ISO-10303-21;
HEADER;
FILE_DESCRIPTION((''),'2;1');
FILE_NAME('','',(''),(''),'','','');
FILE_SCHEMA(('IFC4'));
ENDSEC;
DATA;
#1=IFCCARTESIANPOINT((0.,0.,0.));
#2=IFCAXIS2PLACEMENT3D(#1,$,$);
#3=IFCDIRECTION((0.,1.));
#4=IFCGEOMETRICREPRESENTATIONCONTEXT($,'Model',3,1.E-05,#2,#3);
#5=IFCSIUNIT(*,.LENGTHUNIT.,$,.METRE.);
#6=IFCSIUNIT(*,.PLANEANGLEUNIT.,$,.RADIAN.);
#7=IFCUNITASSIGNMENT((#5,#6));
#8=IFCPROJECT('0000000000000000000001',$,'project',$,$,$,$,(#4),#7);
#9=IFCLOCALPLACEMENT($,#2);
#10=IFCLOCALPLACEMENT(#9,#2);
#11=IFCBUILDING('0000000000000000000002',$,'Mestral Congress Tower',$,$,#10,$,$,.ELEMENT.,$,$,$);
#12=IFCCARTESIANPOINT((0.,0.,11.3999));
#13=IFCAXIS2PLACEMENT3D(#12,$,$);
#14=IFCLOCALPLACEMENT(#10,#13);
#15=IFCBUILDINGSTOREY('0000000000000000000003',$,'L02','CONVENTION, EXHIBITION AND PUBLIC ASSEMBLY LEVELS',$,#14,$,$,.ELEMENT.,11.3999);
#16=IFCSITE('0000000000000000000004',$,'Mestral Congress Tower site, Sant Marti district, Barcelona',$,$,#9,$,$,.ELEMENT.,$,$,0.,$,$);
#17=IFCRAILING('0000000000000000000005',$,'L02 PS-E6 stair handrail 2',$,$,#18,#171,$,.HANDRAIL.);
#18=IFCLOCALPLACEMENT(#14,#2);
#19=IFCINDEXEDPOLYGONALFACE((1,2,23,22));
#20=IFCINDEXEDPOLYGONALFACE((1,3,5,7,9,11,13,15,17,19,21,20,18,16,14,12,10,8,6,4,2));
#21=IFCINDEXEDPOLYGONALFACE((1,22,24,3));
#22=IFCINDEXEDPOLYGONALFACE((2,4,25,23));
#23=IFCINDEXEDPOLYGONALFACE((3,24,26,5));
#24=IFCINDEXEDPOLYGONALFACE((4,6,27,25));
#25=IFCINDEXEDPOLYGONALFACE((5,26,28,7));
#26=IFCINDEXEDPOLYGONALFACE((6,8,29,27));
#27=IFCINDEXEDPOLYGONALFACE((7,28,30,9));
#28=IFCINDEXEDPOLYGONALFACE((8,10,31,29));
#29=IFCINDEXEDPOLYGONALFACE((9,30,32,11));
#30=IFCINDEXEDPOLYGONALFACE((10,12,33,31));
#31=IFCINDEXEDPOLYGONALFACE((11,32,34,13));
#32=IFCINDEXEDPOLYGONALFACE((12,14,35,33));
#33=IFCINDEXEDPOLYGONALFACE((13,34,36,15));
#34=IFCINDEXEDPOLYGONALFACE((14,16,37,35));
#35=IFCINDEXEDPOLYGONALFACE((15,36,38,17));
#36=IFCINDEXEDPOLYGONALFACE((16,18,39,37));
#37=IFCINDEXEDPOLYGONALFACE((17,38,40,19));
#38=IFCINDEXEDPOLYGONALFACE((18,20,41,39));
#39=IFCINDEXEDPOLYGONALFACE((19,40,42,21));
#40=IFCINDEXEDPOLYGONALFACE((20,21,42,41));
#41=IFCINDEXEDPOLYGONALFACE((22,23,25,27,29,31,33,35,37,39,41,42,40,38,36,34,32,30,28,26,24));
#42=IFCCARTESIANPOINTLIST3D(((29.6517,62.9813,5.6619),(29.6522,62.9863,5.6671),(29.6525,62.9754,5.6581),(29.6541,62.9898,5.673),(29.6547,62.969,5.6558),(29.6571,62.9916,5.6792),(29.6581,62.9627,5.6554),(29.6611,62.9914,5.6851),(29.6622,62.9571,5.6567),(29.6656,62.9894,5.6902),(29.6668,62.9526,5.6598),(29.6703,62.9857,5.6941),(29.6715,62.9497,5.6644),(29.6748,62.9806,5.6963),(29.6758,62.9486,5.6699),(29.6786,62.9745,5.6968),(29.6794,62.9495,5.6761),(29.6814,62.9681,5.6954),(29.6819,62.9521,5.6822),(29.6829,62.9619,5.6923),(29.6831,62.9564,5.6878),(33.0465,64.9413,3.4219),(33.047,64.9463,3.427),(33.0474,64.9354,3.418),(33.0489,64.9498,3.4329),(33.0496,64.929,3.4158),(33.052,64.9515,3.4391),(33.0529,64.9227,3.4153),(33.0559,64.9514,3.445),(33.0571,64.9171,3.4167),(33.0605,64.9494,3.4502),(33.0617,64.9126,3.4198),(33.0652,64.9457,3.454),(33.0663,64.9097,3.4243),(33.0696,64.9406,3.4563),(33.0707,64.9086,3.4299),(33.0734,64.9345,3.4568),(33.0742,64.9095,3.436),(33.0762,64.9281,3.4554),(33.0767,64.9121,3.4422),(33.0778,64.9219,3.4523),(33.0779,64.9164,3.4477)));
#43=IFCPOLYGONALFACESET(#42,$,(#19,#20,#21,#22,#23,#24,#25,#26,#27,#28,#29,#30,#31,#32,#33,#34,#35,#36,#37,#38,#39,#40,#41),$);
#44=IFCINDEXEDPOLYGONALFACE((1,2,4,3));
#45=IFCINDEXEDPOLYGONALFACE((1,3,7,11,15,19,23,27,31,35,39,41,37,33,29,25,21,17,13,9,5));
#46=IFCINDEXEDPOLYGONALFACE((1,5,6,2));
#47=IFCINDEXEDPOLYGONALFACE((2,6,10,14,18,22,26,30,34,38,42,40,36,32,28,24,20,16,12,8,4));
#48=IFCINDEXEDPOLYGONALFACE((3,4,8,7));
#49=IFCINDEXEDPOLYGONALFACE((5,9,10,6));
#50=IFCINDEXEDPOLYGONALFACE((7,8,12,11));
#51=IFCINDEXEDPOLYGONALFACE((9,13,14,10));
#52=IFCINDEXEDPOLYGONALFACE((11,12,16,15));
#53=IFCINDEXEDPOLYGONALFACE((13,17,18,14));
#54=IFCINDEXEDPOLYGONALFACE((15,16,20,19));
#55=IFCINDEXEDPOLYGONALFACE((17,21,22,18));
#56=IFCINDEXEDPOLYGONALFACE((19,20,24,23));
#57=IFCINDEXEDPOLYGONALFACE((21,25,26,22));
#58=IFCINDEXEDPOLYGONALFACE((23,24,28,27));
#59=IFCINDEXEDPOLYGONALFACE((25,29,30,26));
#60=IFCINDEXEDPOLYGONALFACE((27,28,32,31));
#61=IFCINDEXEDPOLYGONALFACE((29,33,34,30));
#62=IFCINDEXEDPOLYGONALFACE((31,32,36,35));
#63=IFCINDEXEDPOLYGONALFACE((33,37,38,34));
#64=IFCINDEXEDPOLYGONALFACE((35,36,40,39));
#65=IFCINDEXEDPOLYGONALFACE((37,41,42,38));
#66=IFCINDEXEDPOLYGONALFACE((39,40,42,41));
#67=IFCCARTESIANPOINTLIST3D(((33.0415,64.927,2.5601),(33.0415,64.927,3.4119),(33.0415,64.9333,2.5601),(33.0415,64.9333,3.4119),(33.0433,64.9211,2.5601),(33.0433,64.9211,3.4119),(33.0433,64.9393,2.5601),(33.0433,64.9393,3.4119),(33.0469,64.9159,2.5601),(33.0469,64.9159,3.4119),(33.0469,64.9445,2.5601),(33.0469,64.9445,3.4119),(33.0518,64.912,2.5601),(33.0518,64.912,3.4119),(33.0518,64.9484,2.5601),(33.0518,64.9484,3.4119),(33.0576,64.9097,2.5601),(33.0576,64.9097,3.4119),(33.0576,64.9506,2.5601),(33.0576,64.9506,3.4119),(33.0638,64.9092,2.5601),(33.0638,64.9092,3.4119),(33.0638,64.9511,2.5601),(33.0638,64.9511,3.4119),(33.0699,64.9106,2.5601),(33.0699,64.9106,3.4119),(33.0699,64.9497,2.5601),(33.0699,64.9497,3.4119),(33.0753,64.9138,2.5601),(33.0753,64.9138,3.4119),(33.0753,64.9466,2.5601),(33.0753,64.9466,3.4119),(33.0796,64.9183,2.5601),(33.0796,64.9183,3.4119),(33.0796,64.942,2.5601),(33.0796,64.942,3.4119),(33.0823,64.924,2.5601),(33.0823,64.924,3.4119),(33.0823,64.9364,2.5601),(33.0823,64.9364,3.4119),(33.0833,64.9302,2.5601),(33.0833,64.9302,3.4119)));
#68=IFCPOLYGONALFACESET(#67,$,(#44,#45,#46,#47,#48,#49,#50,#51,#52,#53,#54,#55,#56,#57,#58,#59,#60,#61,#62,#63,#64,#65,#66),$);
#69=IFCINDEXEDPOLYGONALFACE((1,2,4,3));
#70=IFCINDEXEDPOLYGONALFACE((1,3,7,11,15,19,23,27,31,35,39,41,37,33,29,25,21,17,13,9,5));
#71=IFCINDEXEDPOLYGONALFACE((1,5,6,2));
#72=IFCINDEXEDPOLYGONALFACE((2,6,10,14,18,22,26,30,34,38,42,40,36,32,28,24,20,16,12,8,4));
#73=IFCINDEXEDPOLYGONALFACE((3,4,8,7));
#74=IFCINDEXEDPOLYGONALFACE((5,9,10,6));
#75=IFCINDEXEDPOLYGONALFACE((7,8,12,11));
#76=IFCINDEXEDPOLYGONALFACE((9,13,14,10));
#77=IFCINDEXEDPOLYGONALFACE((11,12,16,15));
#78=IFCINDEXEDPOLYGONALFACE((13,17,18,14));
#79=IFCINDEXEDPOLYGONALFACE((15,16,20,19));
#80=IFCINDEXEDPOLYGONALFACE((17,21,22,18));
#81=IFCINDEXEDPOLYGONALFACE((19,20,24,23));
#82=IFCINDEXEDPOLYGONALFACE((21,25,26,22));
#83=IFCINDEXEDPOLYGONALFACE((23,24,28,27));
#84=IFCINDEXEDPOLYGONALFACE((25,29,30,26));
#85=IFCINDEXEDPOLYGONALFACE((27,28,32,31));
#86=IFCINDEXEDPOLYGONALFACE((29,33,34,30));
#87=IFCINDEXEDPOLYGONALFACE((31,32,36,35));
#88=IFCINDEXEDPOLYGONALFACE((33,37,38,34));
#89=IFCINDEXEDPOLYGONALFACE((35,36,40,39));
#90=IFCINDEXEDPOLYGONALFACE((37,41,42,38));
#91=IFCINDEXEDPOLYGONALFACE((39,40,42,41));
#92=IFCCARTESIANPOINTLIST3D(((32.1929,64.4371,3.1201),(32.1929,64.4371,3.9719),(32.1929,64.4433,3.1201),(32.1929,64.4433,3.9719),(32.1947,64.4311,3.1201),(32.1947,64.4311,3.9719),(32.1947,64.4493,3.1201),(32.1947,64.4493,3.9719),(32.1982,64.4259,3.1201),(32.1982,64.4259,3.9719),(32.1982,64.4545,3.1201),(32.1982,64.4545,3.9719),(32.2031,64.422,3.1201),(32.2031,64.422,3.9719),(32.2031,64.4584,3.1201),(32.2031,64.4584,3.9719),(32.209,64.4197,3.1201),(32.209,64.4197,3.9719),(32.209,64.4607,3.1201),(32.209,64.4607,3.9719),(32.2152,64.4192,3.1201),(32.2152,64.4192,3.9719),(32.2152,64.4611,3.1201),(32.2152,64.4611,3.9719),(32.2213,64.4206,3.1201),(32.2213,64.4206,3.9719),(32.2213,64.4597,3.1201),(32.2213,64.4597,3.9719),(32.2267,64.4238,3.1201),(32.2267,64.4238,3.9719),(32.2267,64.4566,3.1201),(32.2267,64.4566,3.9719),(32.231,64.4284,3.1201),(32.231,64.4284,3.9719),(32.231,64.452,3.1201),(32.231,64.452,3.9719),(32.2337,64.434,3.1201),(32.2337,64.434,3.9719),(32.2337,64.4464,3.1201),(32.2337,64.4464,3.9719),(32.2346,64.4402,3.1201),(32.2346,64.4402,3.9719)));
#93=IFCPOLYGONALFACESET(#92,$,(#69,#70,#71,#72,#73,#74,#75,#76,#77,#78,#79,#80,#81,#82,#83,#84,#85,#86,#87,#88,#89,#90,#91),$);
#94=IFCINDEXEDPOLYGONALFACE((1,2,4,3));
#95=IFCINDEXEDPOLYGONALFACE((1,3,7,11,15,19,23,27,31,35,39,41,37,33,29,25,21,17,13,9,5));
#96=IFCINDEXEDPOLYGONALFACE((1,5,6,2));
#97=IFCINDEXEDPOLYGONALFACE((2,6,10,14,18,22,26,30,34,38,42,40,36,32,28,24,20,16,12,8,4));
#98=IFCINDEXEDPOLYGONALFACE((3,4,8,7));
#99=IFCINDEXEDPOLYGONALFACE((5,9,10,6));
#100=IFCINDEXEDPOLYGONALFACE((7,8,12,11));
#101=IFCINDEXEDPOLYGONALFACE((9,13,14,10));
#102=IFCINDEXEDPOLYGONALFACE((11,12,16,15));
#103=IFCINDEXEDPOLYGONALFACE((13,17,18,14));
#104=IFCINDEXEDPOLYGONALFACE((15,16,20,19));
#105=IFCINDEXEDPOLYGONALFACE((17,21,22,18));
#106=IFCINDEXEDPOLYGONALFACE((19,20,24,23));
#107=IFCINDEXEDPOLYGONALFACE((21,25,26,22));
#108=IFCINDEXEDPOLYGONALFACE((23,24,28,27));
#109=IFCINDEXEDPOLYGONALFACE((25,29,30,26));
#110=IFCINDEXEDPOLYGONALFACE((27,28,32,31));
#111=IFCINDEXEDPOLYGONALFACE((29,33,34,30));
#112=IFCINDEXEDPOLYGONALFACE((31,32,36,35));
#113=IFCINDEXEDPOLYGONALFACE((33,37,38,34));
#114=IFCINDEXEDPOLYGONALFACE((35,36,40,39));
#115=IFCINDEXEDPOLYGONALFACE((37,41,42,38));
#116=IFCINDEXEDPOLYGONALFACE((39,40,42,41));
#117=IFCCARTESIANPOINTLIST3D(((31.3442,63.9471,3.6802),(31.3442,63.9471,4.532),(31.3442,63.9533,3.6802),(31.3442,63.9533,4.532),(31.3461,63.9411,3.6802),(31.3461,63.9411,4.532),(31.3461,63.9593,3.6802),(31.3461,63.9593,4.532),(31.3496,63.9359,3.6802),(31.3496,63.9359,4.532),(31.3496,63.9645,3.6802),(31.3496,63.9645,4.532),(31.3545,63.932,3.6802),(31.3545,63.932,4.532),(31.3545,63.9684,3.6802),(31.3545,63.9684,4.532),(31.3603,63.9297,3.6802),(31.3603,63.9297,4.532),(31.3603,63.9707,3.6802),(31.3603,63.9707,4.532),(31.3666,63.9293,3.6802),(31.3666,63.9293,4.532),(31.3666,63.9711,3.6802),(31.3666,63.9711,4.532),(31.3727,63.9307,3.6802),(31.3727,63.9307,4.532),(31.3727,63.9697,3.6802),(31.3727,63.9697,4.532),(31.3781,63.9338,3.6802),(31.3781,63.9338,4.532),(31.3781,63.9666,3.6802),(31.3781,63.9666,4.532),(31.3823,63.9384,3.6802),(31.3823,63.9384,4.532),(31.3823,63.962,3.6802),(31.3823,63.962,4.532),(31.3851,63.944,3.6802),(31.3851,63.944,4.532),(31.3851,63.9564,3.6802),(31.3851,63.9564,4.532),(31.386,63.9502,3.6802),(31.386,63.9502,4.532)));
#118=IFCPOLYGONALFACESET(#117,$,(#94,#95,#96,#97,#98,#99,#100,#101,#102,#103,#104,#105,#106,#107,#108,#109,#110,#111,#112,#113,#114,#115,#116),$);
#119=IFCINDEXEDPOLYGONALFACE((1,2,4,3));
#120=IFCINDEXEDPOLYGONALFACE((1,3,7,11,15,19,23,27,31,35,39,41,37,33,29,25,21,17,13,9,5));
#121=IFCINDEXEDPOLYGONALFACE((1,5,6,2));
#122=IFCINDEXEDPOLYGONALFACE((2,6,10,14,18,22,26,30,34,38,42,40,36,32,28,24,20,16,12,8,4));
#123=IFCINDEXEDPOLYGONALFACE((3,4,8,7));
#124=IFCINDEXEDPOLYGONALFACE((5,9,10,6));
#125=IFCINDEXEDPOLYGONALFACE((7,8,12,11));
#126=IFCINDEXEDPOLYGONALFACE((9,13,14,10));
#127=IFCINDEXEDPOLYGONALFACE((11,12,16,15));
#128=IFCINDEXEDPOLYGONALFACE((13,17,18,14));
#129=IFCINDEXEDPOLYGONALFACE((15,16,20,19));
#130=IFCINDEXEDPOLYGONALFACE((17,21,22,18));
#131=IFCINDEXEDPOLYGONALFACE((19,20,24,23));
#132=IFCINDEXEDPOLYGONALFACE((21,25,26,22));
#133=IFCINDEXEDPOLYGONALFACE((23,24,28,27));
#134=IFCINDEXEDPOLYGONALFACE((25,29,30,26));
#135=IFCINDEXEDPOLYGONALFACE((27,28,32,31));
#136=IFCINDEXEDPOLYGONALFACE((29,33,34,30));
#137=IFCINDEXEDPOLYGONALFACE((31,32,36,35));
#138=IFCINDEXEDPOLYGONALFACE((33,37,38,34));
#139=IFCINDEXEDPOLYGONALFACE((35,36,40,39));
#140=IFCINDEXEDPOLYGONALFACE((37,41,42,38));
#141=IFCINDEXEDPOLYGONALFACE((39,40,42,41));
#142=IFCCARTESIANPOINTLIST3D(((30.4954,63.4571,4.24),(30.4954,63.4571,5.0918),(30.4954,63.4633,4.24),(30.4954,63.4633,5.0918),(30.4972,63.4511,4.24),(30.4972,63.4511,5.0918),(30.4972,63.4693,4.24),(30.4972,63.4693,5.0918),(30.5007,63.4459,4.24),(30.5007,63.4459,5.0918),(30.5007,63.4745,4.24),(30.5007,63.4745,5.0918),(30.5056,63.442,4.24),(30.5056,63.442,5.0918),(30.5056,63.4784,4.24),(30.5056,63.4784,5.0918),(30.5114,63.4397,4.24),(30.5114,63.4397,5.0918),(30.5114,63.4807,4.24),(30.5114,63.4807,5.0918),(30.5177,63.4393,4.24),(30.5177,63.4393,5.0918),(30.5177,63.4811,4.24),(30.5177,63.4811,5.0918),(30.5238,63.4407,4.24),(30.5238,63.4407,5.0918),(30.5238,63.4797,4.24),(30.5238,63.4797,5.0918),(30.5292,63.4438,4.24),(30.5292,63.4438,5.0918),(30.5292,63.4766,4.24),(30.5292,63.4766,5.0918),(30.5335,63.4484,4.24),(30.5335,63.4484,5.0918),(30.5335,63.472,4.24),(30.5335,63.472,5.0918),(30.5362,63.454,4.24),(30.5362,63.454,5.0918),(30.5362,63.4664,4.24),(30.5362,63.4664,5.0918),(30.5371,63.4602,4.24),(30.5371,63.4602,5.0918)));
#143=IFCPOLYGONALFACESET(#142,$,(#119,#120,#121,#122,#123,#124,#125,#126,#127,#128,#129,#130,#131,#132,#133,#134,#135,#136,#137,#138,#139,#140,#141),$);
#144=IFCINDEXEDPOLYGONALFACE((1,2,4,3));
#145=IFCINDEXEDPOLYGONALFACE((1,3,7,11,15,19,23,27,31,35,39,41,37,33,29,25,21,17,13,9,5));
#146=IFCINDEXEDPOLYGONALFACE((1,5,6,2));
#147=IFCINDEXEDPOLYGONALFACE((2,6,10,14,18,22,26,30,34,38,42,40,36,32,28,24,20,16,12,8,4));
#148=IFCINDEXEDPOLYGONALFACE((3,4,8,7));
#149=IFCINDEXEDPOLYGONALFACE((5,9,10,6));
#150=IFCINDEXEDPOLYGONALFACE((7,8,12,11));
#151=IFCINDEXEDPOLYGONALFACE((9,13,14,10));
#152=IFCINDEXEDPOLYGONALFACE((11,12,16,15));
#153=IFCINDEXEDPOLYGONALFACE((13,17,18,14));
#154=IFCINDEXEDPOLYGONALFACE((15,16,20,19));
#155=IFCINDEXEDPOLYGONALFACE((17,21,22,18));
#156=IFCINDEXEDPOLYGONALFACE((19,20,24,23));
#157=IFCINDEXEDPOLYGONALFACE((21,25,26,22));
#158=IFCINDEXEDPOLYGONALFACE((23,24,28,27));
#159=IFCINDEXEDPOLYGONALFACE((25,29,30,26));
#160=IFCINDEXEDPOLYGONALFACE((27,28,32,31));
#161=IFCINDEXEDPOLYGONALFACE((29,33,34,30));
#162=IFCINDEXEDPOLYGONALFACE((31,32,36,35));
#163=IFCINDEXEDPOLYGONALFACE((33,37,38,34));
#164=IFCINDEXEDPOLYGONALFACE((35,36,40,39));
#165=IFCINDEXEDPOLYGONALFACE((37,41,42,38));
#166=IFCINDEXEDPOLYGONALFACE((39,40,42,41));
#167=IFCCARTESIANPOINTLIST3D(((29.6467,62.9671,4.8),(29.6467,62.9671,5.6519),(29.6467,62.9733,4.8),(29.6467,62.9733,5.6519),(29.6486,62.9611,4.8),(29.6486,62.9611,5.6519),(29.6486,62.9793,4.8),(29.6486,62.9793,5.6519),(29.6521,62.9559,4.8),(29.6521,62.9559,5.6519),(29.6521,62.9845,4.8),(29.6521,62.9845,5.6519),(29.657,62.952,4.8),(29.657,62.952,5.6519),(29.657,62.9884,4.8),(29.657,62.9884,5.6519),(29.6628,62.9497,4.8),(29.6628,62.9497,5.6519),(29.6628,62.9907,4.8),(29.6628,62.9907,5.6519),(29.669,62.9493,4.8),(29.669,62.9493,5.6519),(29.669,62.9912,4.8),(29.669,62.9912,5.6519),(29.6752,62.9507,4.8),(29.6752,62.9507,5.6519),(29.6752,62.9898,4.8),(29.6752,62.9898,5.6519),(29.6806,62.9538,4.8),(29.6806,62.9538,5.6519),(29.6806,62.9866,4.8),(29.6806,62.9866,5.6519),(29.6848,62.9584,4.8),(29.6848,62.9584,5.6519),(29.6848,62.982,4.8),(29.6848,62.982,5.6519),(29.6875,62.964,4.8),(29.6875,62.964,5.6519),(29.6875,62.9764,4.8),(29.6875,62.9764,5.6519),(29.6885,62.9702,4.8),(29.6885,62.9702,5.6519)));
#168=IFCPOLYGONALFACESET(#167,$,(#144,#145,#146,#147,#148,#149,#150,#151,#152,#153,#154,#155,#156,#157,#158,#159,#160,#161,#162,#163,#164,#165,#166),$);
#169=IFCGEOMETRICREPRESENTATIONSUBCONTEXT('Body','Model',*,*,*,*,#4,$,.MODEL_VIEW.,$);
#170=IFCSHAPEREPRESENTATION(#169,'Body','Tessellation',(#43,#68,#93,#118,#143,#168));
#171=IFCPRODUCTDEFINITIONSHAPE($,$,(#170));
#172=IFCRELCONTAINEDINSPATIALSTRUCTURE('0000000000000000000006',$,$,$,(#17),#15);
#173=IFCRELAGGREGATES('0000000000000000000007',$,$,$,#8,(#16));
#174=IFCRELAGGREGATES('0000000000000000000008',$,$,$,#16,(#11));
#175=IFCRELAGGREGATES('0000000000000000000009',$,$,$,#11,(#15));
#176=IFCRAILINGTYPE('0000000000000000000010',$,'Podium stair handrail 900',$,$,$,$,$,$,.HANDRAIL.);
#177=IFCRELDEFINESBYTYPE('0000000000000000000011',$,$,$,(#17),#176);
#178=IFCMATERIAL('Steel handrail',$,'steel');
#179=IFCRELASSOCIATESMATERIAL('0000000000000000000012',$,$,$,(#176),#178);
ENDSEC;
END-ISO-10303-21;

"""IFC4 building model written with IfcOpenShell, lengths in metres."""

from ifc_helpers import new_model, si_unit, direction, frame, origin, origin_2d, place, context, subcontext, project, spatial, circle, extrude, material, type_object, element, save


model = new_model("IFC4")

# Units and contexts
model_context = context("Model", 3, precision=1e-05, world=origin(), true_north=direction((0.0, 1.0)))
body_context = subcontext(model_context, "Body", "Model", "MODEL_VIEW")
ifc_project = project(units=[si_unit("LENGTHUNIT", "METRE"), si_unit("PLANEANGLEUNIT", "RADIAN")], contexts=[model_context])

# Site, building, storey
site_placement = place(None, origin())
site = spatial("IfcSite", under=ifc_project, at=site_placement, Name="Mestral Congress Tower site, Sant Marti district, Barcelona", CompositionType="ELEMENT", RefElevation=0.0)
building_placement = place(site_placement, origin())
building = spatial("IfcBuilding", under=site, at=building_placement, Name="Mestral Congress Tower", CompositionType="ELEMENT")
storey_placement = place(building_placement, frame((0.0, 0.0, 11.3999)))
storey = spatial("IfcBuildingStorey", under=building, at=storey_placement, Name="L02", Description="CONVENTION, EXHIBITION AND PUBLIC ASSEMBLY LEVELS", CompositionType="ELEMENT", Elevation=11.3999)

# Railing
ifc_material_1 = material(Name="Steel handrail", Category="steel")
railing_type_1 = type_object("IfcRailingType", Name="Podium stair handrail 900", PredefinedType="HANDRAIL", material=ifc_material_1)
railing_1_placement = place(storey_placement, frame((33.0623, 64.9302, 2.5601)))
element("IfcRailing", 1, at=railing_1_placement, inside=storey, type_object=railing_type_1, Name="L02 PS-E6 stair handrail 2", PredefinedType="HANDRAIL", context=body_context, shape_type="SweptSolid", body=[
    extrude(circle(Radius=0.0239, at=origin_2d()), frame((0.0, 0.0, 0.876), z_axis=(-0.75192, -0.434118, 0.496143), x_axis=(0.499997, -0.866027, 0.0)), (0.0, 0.0, 1.0), 4.5149),
    extrude(circle(Radius=0.021, at=origin_2d()), origin(), (0.0, 0.0, 1.0), 0.8518),
    extrude(circle(Radius=0.021, at=origin_2d()), frame((-0.8486, -0.49, 0.5601)), (0.0, 0.0, 1.0), 0.8518),
    extrude(circle(Radius=0.021, at=origin_2d()), frame((-1.6973, -0.98, 1.1201)), (0.0, 0.0, 1.0), 0.8518),
    extrude(circle(Radius=0.021, at=origin_2d()), frame((-2.5461, -1.47, 1.6799)), (0.0, 0.0, 1.0), 0.8518),
    extrude(circle(Radius=0.021, at=origin_2d()), frame((-3.3948, -1.96, 2.24)), (0.0, 0.0, 1.0), 0.8518),
])

save(model, "model.ifc")
